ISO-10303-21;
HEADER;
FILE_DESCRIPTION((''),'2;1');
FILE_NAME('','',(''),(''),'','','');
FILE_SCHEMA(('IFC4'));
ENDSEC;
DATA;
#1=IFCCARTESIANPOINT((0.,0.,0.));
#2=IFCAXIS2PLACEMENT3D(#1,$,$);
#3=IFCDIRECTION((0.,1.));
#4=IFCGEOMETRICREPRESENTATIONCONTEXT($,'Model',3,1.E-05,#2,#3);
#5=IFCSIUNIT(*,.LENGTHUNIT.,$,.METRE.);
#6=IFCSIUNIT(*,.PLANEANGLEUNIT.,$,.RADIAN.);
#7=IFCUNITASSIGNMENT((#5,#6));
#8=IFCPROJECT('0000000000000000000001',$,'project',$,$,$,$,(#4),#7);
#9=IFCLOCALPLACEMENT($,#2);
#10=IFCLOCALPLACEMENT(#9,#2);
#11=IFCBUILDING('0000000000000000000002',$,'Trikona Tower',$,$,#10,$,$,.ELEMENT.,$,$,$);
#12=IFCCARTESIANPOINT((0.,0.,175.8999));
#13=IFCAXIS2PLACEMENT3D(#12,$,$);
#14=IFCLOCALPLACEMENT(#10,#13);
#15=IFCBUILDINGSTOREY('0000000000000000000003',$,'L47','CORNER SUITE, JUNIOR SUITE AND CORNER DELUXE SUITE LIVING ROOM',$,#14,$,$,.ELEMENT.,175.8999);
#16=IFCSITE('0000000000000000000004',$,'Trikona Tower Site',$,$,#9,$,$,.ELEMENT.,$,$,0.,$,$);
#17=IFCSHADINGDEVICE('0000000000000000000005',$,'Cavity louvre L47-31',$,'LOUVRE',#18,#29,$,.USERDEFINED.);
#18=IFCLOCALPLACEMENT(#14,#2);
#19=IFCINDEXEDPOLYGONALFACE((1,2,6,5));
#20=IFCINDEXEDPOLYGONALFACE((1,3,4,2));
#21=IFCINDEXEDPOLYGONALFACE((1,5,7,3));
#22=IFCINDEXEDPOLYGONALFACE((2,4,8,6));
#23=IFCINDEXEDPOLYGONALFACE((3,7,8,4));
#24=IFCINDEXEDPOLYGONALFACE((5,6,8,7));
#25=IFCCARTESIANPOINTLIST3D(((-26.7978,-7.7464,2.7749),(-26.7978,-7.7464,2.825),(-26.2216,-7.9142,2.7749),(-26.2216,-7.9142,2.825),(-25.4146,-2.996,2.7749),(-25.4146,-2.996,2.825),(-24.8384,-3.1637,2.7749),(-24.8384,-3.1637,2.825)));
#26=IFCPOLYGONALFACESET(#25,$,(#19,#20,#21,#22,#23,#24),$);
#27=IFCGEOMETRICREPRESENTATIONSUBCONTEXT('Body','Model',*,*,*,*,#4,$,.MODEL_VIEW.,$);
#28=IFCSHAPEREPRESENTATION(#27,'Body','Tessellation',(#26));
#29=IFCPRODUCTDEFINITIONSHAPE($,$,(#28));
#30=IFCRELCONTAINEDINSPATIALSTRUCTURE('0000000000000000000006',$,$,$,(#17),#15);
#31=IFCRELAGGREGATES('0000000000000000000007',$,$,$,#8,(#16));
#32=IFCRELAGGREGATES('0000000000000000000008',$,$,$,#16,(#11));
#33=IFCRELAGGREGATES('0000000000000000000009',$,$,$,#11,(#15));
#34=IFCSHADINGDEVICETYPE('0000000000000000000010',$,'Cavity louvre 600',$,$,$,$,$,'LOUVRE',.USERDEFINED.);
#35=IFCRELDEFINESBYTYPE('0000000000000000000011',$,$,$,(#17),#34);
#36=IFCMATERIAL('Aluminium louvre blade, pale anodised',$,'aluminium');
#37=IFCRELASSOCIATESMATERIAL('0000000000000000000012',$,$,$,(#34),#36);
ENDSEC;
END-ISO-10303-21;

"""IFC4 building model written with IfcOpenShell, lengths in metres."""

from ifc_helpers import new_model, si_unit, direction, frame, origin, origin_2d, place, context, subcontext, project, spatial, rectangle, extrude, material, type_object, element, save


model = new_model("IFC4")

# Units and contexts
model_context = context("Model", 3, precision=1e-05, world=origin(), true_north=direction((0.0, 1.0)))
body_context = subcontext(model_context, "Body", "Model", "MODEL_VIEW")
ifc_project = project(units=[si_unit("LENGTHUNIT", "METRE"), si_unit("PLANEANGLEUNIT", "RADIAN")], contexts=[model_context])

# Site, building, storey
site_placement = place(None, origin())
site = spatial("IfcSite", under=ifc_project, at=site_placement, Name="Trikona Tower Site", CompositionType="ELEMENT", RefElevation=0.0)
building_placement = place(site_placement, origin())
building = spatial("IfcBuilding", under=site, at=building_placement, Name="Trikona Tower", CompositionType="ELEMENT")
storey_placement = place(building_placement, frame((0.0, 0.0, 175.8999)))
storey = spatial("IfcBuildingStorey", under=building, at=storey_placement, Name="L47", Description="CORNER SUITE, JUNIOR SUITE AND CORNER DELUXE SUITE LIVING ROOM", CompositionType="ELEMENT", Elevation=175.8999)

# Shading device
ifc_material_1 = material(Name="Aluminium louvre blade, pale anodised", Category="aluminium")
shading_device_type = type_object("IfcShadingDeviceType", Name="Cavity louvre 600", ElementType="LOUVRE", PredefinedType="USERDEFINED", material=ifc_material_1)
shading_device_placement = place(storey_placement, frame((-25.8181, -5.4551, 2.7749), z_axis=(0.0, 0.0, 1.0), x_axis=(-0.279554, -0.96013, 0.0)))
element("IfcShadingDevice", 1, at=shading_device_placement, inside=storey, type_object=shading_device_type, Name="Cavity louvre L47-31", ObjectType="LOUVRE", PredefinedType="USERDEFINED", context=body_context, shape_type="SweptSolid", body=[
    extrude(rectangle(XDim=4.9478, YDim=0.6001, at=origin_2d()), origin(), (0.0, 0.0, 1.0), 0.05),
])

save(model, "model.ifc")
